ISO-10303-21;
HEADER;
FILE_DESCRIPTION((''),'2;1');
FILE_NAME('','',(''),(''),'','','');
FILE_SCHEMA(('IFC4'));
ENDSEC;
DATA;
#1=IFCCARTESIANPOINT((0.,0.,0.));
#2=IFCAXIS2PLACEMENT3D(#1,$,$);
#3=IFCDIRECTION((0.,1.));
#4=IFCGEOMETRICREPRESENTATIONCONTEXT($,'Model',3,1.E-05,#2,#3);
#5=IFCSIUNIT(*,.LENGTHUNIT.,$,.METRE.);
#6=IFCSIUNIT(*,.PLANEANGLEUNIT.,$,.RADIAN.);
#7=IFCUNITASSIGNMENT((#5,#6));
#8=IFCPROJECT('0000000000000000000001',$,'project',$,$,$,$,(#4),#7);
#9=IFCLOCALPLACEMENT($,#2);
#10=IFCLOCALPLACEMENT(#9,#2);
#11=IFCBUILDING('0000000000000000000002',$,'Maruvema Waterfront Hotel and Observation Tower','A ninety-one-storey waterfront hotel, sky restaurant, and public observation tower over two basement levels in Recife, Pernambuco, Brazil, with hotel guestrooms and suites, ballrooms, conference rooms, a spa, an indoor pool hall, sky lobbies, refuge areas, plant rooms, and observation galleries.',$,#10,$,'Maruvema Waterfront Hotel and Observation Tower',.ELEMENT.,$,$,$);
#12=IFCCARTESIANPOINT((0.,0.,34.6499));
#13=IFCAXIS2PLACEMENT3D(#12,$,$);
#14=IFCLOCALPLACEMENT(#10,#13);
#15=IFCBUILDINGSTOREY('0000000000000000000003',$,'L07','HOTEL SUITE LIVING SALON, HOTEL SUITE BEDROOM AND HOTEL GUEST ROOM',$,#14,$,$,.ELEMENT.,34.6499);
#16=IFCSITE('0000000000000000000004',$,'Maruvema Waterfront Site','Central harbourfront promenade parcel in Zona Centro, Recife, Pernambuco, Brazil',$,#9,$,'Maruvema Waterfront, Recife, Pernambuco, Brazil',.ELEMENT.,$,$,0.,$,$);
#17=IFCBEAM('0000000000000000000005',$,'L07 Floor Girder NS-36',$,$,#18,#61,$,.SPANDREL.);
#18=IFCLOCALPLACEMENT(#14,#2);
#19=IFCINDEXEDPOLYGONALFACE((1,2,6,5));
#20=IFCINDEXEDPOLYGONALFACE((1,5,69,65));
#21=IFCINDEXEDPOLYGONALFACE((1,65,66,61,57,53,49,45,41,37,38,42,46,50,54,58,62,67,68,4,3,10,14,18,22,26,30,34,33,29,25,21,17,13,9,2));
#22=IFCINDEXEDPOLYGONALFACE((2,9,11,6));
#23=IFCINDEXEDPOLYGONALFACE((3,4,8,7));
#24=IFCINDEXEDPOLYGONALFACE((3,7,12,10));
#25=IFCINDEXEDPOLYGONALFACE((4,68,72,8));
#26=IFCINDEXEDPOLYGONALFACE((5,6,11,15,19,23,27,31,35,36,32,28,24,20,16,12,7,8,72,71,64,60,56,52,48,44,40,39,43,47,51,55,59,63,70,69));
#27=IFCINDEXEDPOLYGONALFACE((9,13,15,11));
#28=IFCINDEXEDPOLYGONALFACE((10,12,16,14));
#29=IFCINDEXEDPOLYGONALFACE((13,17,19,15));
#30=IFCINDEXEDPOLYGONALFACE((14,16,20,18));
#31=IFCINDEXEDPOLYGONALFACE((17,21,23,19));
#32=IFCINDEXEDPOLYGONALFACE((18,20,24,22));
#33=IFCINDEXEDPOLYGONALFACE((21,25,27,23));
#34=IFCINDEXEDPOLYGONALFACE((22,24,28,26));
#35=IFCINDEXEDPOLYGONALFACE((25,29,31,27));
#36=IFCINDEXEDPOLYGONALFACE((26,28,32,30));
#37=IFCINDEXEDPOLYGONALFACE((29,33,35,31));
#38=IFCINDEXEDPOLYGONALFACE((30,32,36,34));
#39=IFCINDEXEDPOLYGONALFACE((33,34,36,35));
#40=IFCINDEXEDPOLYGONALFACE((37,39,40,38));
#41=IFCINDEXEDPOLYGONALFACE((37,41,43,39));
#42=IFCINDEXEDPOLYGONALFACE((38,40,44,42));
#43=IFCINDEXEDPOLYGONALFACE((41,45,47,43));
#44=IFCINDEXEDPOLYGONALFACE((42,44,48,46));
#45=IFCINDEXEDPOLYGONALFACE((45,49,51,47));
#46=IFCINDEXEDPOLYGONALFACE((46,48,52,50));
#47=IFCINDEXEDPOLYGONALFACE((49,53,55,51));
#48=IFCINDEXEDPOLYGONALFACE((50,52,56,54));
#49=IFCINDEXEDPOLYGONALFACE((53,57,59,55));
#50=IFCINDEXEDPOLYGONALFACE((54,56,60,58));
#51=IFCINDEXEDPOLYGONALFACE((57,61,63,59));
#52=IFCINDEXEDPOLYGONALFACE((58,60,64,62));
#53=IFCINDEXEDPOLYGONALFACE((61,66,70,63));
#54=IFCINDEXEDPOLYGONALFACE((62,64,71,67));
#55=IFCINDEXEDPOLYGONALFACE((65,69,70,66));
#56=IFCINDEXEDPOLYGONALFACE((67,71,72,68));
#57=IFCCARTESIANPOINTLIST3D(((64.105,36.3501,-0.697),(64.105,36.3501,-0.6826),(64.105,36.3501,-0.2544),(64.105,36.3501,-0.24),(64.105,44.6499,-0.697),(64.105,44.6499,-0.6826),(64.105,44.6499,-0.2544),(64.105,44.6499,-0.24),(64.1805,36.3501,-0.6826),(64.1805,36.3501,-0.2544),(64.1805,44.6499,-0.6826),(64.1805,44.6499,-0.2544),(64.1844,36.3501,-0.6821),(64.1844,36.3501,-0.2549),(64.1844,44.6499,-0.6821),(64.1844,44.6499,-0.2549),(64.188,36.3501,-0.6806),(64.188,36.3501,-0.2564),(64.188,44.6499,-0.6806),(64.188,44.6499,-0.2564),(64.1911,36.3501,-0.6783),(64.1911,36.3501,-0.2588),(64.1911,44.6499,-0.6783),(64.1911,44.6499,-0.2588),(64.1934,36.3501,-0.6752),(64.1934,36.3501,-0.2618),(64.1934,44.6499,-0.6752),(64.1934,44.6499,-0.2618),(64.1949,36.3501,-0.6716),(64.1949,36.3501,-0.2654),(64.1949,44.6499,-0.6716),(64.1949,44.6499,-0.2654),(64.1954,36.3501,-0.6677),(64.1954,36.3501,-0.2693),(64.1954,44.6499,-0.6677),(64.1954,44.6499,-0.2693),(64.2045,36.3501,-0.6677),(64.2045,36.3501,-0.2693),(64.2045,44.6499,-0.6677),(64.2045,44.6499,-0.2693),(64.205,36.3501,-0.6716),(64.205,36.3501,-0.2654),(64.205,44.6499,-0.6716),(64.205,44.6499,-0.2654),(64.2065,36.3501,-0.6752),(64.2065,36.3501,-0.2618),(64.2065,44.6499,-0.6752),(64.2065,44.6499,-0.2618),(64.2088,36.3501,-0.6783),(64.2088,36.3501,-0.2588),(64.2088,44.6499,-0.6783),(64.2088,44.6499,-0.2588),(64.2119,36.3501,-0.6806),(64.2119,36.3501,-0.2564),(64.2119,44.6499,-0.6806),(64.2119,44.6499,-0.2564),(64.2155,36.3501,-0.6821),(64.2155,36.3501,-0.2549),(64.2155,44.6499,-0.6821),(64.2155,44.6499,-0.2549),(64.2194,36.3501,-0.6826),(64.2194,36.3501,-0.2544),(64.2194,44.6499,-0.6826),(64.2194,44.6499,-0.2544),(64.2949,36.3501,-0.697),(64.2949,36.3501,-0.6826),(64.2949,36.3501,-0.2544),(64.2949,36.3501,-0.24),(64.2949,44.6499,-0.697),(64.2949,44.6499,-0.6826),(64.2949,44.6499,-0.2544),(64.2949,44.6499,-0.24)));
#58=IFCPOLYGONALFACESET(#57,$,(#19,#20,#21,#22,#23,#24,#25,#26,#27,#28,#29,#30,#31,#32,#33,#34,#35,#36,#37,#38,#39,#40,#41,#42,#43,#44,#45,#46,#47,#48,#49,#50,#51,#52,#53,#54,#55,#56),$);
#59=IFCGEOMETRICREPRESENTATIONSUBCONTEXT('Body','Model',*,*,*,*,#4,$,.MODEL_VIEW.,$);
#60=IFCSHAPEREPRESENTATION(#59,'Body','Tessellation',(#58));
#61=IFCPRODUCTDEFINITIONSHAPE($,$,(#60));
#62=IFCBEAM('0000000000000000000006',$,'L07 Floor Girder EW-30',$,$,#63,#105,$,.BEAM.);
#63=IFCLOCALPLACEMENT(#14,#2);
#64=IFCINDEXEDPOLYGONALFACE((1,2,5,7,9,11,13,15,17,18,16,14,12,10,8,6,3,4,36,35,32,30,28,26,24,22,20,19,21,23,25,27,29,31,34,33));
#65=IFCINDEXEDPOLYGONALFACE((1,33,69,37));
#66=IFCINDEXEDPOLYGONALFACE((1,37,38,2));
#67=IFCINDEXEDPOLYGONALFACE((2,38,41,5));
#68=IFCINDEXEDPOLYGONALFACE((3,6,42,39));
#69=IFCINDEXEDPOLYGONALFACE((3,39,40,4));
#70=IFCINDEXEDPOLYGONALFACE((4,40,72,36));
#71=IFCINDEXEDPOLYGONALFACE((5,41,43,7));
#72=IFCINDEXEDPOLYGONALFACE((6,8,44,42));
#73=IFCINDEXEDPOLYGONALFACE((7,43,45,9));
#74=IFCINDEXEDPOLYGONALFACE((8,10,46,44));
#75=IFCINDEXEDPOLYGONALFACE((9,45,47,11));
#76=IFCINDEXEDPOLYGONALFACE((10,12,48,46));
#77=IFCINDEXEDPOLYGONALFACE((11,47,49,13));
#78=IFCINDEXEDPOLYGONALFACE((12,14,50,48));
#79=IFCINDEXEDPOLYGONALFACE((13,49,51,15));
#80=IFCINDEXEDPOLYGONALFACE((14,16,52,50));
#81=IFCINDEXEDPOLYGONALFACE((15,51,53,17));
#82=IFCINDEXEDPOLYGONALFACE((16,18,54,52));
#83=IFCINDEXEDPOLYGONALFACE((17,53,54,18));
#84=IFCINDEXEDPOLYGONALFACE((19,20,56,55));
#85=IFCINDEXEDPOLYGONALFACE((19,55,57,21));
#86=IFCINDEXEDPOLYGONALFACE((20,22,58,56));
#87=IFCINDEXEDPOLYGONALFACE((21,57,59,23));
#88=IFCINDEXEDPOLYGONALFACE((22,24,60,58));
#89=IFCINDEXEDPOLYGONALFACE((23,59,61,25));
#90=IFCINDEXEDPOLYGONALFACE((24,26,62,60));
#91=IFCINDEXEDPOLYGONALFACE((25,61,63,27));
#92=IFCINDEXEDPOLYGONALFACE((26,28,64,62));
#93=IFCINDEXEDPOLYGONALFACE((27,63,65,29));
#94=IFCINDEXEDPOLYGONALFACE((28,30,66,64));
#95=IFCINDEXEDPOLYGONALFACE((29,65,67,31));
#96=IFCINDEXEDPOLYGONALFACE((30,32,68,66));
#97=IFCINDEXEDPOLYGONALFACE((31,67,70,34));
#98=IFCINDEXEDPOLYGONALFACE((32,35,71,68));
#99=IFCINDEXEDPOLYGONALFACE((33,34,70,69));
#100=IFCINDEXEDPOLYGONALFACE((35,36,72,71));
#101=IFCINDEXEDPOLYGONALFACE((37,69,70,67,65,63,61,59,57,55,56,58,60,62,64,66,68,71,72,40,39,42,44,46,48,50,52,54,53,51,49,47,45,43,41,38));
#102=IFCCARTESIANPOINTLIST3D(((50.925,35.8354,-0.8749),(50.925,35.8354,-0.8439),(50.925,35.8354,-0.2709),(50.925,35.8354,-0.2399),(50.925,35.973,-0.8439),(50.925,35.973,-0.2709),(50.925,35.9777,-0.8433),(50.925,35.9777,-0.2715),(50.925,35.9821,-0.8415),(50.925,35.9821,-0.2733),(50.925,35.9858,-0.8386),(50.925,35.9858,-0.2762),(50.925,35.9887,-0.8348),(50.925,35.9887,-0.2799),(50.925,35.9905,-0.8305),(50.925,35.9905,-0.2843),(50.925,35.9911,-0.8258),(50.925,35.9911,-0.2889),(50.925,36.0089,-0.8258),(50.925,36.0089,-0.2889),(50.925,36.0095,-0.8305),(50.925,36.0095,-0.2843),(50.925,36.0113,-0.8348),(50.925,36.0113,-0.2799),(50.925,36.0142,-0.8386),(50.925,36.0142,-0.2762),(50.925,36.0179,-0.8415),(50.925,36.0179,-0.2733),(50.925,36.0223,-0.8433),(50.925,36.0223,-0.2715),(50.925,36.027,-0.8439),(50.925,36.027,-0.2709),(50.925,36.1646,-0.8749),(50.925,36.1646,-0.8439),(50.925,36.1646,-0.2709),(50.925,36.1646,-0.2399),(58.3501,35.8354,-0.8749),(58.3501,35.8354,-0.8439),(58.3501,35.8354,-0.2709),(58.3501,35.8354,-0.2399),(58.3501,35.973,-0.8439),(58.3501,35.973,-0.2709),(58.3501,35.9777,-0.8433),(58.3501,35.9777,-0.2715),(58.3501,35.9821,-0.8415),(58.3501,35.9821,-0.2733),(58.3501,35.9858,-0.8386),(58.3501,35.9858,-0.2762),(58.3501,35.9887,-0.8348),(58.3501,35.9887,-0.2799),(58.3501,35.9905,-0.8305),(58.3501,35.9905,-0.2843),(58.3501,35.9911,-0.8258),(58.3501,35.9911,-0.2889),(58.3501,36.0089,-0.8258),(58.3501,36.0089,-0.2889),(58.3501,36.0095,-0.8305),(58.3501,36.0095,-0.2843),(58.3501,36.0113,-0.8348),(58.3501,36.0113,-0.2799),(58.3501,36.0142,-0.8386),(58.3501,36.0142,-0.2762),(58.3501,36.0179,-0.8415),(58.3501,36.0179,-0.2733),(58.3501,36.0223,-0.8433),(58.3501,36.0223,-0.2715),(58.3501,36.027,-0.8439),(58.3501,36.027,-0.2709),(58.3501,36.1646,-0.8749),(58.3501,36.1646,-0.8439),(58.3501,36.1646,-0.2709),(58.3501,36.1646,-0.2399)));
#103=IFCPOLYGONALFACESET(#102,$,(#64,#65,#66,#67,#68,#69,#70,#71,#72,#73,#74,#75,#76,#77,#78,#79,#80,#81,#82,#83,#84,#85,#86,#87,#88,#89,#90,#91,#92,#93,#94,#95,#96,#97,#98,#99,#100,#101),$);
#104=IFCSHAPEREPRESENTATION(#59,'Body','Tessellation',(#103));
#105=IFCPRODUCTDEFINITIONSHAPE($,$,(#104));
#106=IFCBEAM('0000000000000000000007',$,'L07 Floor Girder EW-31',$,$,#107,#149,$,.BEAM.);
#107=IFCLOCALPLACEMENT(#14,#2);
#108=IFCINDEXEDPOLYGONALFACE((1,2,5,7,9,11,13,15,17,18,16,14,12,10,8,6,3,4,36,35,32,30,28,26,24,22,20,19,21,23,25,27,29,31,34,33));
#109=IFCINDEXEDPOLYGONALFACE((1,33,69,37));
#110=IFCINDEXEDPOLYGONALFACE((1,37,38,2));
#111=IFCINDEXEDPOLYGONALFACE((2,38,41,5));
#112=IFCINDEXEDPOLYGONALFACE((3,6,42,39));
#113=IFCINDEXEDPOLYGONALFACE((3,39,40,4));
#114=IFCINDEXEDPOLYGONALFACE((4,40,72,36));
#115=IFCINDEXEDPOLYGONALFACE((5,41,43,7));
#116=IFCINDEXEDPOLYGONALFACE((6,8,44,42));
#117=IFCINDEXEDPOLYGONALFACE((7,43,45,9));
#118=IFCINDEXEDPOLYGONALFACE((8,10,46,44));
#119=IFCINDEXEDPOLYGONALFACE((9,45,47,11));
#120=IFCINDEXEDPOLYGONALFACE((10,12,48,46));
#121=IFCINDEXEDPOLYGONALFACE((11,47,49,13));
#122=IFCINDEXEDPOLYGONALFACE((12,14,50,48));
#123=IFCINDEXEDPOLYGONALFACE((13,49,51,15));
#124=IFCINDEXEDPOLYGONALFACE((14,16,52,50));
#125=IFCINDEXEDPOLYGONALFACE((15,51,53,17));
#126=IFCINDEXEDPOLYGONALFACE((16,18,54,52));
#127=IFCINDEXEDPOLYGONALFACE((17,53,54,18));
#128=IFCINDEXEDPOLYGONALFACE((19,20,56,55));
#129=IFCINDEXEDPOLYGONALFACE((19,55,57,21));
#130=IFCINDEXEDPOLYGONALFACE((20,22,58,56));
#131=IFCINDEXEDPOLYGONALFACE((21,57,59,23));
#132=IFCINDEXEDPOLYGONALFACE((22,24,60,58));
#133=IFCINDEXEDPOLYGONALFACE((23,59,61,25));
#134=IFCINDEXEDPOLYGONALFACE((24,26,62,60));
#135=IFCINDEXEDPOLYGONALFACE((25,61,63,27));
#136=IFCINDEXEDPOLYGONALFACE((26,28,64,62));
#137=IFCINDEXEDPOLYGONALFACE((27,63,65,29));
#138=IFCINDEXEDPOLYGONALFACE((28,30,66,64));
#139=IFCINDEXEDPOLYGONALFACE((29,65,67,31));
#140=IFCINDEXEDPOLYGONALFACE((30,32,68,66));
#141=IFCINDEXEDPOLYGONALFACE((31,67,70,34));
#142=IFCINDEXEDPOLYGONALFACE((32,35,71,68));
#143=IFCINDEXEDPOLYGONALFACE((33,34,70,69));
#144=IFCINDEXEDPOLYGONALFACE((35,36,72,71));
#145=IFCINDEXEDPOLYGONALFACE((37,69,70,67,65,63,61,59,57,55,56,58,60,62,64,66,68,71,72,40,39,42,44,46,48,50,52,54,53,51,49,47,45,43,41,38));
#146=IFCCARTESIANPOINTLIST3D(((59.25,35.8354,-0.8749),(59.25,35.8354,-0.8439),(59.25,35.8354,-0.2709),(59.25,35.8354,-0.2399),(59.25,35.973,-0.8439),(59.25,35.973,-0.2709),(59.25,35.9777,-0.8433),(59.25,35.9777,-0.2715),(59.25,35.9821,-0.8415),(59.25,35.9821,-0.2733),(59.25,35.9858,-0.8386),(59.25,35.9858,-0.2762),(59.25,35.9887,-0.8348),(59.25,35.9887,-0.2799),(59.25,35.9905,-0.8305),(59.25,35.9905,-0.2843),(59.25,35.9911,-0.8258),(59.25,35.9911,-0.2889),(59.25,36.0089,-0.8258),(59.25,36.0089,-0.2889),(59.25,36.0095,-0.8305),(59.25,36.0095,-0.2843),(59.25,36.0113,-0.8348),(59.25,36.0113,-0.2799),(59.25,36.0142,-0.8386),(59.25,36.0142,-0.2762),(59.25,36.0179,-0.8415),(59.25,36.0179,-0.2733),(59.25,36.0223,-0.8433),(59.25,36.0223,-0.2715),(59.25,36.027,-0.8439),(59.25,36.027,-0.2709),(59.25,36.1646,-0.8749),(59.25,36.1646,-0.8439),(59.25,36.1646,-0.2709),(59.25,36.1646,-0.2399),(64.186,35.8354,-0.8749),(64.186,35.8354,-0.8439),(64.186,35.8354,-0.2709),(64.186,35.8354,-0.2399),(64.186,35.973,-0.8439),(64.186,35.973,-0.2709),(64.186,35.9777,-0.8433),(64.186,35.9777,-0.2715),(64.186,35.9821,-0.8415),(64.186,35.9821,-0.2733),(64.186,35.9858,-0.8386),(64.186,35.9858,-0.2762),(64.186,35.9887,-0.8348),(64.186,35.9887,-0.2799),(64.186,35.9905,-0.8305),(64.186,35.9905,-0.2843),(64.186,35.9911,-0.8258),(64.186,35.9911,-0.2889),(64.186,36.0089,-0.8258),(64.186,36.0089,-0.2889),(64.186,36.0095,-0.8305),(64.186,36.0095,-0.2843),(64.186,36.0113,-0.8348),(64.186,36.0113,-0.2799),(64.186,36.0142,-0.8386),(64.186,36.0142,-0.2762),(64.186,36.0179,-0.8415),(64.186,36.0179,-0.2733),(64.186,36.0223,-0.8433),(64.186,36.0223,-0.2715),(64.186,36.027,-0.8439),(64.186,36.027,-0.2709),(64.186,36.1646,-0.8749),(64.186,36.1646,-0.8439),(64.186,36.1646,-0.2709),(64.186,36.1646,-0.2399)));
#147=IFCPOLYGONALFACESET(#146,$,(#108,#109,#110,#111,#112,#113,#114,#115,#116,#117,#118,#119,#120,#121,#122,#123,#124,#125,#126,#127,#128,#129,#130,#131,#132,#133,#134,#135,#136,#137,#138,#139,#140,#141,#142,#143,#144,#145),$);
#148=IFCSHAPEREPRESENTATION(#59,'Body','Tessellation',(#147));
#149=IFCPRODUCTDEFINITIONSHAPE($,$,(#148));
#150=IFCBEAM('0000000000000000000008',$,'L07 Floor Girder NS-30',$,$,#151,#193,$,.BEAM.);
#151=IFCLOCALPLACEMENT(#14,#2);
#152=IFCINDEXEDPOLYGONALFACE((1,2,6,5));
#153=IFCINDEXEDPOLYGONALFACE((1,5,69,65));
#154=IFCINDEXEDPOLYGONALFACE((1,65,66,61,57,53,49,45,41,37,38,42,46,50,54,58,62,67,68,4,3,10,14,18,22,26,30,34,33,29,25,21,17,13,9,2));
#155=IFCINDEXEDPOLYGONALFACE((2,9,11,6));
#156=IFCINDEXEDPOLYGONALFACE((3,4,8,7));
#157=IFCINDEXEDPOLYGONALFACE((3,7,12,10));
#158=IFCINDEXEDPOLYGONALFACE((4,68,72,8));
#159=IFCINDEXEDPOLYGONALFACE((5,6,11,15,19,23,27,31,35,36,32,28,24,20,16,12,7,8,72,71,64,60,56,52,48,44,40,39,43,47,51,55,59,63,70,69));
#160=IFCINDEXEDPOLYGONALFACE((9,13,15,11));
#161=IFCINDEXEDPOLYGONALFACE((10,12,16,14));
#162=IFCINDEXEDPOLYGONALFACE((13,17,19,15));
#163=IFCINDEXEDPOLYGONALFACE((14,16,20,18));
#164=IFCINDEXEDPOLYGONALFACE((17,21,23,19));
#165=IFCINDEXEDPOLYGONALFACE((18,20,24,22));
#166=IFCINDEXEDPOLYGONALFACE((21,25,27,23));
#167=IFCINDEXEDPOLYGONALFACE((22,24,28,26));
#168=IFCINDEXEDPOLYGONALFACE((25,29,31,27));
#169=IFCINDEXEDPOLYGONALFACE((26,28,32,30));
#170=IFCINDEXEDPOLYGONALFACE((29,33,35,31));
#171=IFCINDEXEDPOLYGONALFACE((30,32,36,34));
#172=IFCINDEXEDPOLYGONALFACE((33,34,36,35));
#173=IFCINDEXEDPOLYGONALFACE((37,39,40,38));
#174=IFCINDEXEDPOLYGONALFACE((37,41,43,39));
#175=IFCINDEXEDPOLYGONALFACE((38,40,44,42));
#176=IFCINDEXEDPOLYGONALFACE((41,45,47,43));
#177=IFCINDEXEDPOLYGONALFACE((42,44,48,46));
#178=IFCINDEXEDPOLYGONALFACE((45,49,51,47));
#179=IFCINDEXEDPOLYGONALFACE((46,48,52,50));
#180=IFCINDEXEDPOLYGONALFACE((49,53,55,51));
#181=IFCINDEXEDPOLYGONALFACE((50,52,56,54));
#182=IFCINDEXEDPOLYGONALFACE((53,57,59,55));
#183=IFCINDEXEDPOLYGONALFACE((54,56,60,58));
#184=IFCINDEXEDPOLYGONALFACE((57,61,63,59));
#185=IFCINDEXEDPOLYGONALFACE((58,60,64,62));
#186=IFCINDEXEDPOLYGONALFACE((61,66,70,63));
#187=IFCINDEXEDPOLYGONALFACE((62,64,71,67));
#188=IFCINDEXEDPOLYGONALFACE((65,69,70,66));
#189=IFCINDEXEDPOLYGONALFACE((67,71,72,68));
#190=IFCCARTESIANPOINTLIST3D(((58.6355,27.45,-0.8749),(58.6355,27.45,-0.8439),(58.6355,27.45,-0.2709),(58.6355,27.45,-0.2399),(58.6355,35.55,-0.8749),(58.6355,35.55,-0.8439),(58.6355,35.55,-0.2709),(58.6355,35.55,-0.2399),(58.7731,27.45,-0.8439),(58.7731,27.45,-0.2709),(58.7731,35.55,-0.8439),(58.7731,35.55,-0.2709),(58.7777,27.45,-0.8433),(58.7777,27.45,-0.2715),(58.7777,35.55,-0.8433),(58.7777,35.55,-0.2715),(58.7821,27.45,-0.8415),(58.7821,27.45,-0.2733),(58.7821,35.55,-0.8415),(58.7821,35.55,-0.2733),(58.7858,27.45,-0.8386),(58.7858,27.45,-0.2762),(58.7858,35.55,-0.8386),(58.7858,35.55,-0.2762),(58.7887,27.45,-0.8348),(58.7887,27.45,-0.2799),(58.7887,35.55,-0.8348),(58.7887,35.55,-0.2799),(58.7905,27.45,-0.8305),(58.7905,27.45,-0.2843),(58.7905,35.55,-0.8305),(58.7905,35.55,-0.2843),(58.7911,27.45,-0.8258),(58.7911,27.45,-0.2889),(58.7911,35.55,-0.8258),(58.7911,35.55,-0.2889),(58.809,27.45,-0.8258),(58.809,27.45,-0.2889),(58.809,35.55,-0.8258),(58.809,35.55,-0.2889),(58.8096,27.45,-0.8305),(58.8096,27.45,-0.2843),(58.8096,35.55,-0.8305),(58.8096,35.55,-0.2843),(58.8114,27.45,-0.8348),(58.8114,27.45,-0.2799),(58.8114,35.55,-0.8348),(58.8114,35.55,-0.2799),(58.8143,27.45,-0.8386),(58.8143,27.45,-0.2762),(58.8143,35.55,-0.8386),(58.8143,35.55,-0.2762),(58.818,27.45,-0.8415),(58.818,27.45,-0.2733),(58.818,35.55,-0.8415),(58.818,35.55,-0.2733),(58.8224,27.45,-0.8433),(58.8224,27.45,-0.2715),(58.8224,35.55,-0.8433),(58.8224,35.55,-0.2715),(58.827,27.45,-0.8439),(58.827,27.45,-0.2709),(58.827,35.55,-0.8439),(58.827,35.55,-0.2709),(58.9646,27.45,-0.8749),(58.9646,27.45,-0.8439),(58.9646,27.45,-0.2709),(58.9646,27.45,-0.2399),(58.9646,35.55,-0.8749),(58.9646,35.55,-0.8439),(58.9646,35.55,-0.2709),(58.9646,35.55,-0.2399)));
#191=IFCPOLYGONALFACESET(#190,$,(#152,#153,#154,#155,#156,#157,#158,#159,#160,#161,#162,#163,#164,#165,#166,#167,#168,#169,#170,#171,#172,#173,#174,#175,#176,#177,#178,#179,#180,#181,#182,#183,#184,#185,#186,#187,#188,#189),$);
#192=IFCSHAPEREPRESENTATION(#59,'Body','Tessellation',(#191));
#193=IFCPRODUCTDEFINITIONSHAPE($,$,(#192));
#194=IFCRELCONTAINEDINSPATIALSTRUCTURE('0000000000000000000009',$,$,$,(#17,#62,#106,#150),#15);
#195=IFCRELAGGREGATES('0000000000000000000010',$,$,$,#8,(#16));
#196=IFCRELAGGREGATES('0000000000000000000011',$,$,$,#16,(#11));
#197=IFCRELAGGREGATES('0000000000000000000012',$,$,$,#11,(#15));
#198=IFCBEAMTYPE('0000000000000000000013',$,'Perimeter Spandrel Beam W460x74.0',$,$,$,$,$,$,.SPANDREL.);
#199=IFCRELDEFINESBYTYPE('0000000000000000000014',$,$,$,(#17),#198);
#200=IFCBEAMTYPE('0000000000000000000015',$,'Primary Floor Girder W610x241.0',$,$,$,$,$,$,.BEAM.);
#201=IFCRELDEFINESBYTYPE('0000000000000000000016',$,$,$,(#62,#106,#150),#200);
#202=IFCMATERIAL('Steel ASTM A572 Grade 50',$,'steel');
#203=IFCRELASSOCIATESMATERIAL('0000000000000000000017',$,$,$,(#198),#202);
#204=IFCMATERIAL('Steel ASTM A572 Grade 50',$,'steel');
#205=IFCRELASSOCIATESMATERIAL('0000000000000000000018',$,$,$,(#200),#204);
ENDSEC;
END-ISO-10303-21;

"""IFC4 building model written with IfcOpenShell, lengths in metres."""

from ifc_helpers import new_model, si_unit, direction, frame, origin, origin_2d, place, context, subcontext, project, spatial, i_section, extrude, material, material_profile, profile_set, type_object, element, save


model = new_model("IFC4")

# Units and contexts
model_context = context("Model", 3, precision=1e-05, world=origin(), true_north=direction((0.0, 1.0)))
body_context = subcontext(model_context, "Body", "Model", "MODEL_VIEW")
ifc_project = project(units=[si_unit("LENGTHUNIT", "METRE"), si_unit("PLANEANGLEUNIT", "RADIAN")], contexts=[model_context])

# Site, building, storey
site_placement = place(None, origin())
site = spatial("IfcSite", under=ifc_project, at=site_placement, Name="Maruvema Waterfront Site", Description="Central harbourfront promenade parcel in Zona Centro, Recife, Pernambuco, Brazil", LongName="Maruvema Waterfront, Recife, Pernambuco, Brazil", CompositionType="ELEMENT", RefElevation=0.0)
building_placement = place(site_placement, origin())
building = spatial("IfcBuilding", under=site, at=building_placement, Name="Maruvema Waterfront Hotel and Observation Tower", Description="A ninety-one-storey waterfront hotel, sky restaurant, and public observation tower over two basement levels in Recife, Pernambuco, Brazil, with hotel guestrooms and suites, ballrooms, conference rooms, a spa, an indoor pool hall, sky lobbies, refuge areas, plant rooms, and observation galleries.", LongName="Maruvema Waterfront Hotel and Observation Tower", CompositionType="ELEMENT")
storey_placement = place(building_placement, frame((0.0, 0.0, 34.6499)))
storey = spatial("IfcBuildingStorey", under=building, at=storey_placement, Name="L07", Description="HOTEL SUITE LIVING SALON, HOTEL SUITE BEDROOM AND HOTEL GUEST ROOM", CompositionType="ELEMENT", Elevation=34.6499)

# Beams
ifc_material_1 = material(Name="Steel ASTM A572 Grade 50", Category="steel")
ifc_material_profile_1 = material_profile(ifc_material_1, i_section(OverallWidth=0.1899, OverallDepth=0.457, WebThickness=0.009, FlangeThickness=0.0144, FilletRadius=0.0149, at=origin_2d()), Name="W460x74.0")
ifc_profile_set_1 = profile_set([ifc_material_profile_1], Name="Steel ASTM A572 Grade 50")
beam_type_1 = type_object("IfcBeamType", Name="Perimeter Spandrel Beam W460x74.0", PredefinedType="SPANDREL", material=ifc_profile_set_1)
for number, where, z_axis, x_axis, name in (
    (1, (64.2, 36.3501, -0.4685), (0.0, 1.0, 0.0), (-1.0, 0.0, 0.0), "L07 Floor Girder NS-36"),
):
    element("IfcBeam", number, at=place(storey_placement, frame(where, z_axis=z_axis, x_axis=x_axis)), inside=storey, type_object=beam_type_1, Name=name, PredefinedType="SPANDREL", context=body_context, shape_type="SweptSolid", body=[
        extrude(i_section(OverallWidth=0.1899, OverallDepth=0.457, WebThickness=0.009, FlangeThickness=0.0144, FilletRadius=0.0149, at=origin_2d()), origin(), (0.0, 0.0, 1.0), 8.2998),
    ])
ifc_material_2 = material(Name="Steel ASTM A572 Grade 50", Category="steel")
ifc_material_profile_2 = material_profile(ifc_material_2, i_section(OverallWidth=0.3291, OverallDepth=0.635, WebThickness=0.0178, FlangeThickness=0.031, FilletRadius=0.0181, at=origin_2d()), Name="W610x241.0")
ifc_profile_set_2 = profile_set([ifc_material_profile_2], Name="Steel ASTM A572 Grade 50")
beam_type_2 = type_object("IfcBeamType", Name="Primary Floor Girder W610x241.0", PredefinedType="BEAM", material=ifc_profile_set_2)
beam_1_placement = place(storey_placement, frame((50.925, 36.0, -0.5574), z_axis=(1.0, 0.0, 0.0), x_axis=(0.0, 1.0, 0.0)))
element("IfcBeam", 2, at=beam_1_placement, inside=storey, type_object=beam_type_2, Name="L07 Floor Girder EW-30", PredefinedType="BEAM", context=body_context, shape_type="SweptSolid", body=[
    extrude(i_section(OverallWidth=0.3291, OverallDepth=0.635, WebThickness=0.0178, FlangeThickness=0.031, FilletRadius=0.0181, at=origin_2d()), origin(), (0.0, 0.0, 1.0), 7.425),
])
beam_2_placement = place(storey_placement, frame((59.25, 36.0, -0.5574), z_axis=(1.0, 0.0, 0.0), x_axis=(0.0, 1.0, 0.0)))
element("IfcBeam", 3, at=beam_2_placement, inside=storey, type_object=beam_type_2, Name="L07 Floor Girder EW-31", PredefinedType="BEAM", context=body_context, shape_type="SweptSolid", body=[
    extrude(i_section(OverallWidth=0.3291, OverallDepth=0.635, WebThickness=0.0178, FlangeThickness=0.031, FilletRadius=0.0181, at=origin_2d()), origin(), (0.0, 0.0, 1.0), 4.936),
])
for number, where, z_axis, x_axis, name in (
    (4, (58.8, 27.45, -0.5574), (0.0, 1.0, 0.0), (-1.0, 0.0, 0.0), "L07 Floor Girder NS-30"),
):
    element("IfcBeam", number, at=place(storey_placement, frame(where, z_axis=z_axis, x_axis=x_axis)), inside=storey, type_object=beam_type_2, Name=name, PredefinedType="BEAM", context=body_context, shape_type="SweptSolid", body=[
        extrude(i_section(OverallWidth=0.3291, OverallDepth=0.635, WebThickness=0.0178, FlangeThickness=0.031, FilletRadius=0.0181, at=origin_2d()), origin(), (0.0, 0.0, 1.0), 8.1001),
    ])

save(model, "model.ifc")
